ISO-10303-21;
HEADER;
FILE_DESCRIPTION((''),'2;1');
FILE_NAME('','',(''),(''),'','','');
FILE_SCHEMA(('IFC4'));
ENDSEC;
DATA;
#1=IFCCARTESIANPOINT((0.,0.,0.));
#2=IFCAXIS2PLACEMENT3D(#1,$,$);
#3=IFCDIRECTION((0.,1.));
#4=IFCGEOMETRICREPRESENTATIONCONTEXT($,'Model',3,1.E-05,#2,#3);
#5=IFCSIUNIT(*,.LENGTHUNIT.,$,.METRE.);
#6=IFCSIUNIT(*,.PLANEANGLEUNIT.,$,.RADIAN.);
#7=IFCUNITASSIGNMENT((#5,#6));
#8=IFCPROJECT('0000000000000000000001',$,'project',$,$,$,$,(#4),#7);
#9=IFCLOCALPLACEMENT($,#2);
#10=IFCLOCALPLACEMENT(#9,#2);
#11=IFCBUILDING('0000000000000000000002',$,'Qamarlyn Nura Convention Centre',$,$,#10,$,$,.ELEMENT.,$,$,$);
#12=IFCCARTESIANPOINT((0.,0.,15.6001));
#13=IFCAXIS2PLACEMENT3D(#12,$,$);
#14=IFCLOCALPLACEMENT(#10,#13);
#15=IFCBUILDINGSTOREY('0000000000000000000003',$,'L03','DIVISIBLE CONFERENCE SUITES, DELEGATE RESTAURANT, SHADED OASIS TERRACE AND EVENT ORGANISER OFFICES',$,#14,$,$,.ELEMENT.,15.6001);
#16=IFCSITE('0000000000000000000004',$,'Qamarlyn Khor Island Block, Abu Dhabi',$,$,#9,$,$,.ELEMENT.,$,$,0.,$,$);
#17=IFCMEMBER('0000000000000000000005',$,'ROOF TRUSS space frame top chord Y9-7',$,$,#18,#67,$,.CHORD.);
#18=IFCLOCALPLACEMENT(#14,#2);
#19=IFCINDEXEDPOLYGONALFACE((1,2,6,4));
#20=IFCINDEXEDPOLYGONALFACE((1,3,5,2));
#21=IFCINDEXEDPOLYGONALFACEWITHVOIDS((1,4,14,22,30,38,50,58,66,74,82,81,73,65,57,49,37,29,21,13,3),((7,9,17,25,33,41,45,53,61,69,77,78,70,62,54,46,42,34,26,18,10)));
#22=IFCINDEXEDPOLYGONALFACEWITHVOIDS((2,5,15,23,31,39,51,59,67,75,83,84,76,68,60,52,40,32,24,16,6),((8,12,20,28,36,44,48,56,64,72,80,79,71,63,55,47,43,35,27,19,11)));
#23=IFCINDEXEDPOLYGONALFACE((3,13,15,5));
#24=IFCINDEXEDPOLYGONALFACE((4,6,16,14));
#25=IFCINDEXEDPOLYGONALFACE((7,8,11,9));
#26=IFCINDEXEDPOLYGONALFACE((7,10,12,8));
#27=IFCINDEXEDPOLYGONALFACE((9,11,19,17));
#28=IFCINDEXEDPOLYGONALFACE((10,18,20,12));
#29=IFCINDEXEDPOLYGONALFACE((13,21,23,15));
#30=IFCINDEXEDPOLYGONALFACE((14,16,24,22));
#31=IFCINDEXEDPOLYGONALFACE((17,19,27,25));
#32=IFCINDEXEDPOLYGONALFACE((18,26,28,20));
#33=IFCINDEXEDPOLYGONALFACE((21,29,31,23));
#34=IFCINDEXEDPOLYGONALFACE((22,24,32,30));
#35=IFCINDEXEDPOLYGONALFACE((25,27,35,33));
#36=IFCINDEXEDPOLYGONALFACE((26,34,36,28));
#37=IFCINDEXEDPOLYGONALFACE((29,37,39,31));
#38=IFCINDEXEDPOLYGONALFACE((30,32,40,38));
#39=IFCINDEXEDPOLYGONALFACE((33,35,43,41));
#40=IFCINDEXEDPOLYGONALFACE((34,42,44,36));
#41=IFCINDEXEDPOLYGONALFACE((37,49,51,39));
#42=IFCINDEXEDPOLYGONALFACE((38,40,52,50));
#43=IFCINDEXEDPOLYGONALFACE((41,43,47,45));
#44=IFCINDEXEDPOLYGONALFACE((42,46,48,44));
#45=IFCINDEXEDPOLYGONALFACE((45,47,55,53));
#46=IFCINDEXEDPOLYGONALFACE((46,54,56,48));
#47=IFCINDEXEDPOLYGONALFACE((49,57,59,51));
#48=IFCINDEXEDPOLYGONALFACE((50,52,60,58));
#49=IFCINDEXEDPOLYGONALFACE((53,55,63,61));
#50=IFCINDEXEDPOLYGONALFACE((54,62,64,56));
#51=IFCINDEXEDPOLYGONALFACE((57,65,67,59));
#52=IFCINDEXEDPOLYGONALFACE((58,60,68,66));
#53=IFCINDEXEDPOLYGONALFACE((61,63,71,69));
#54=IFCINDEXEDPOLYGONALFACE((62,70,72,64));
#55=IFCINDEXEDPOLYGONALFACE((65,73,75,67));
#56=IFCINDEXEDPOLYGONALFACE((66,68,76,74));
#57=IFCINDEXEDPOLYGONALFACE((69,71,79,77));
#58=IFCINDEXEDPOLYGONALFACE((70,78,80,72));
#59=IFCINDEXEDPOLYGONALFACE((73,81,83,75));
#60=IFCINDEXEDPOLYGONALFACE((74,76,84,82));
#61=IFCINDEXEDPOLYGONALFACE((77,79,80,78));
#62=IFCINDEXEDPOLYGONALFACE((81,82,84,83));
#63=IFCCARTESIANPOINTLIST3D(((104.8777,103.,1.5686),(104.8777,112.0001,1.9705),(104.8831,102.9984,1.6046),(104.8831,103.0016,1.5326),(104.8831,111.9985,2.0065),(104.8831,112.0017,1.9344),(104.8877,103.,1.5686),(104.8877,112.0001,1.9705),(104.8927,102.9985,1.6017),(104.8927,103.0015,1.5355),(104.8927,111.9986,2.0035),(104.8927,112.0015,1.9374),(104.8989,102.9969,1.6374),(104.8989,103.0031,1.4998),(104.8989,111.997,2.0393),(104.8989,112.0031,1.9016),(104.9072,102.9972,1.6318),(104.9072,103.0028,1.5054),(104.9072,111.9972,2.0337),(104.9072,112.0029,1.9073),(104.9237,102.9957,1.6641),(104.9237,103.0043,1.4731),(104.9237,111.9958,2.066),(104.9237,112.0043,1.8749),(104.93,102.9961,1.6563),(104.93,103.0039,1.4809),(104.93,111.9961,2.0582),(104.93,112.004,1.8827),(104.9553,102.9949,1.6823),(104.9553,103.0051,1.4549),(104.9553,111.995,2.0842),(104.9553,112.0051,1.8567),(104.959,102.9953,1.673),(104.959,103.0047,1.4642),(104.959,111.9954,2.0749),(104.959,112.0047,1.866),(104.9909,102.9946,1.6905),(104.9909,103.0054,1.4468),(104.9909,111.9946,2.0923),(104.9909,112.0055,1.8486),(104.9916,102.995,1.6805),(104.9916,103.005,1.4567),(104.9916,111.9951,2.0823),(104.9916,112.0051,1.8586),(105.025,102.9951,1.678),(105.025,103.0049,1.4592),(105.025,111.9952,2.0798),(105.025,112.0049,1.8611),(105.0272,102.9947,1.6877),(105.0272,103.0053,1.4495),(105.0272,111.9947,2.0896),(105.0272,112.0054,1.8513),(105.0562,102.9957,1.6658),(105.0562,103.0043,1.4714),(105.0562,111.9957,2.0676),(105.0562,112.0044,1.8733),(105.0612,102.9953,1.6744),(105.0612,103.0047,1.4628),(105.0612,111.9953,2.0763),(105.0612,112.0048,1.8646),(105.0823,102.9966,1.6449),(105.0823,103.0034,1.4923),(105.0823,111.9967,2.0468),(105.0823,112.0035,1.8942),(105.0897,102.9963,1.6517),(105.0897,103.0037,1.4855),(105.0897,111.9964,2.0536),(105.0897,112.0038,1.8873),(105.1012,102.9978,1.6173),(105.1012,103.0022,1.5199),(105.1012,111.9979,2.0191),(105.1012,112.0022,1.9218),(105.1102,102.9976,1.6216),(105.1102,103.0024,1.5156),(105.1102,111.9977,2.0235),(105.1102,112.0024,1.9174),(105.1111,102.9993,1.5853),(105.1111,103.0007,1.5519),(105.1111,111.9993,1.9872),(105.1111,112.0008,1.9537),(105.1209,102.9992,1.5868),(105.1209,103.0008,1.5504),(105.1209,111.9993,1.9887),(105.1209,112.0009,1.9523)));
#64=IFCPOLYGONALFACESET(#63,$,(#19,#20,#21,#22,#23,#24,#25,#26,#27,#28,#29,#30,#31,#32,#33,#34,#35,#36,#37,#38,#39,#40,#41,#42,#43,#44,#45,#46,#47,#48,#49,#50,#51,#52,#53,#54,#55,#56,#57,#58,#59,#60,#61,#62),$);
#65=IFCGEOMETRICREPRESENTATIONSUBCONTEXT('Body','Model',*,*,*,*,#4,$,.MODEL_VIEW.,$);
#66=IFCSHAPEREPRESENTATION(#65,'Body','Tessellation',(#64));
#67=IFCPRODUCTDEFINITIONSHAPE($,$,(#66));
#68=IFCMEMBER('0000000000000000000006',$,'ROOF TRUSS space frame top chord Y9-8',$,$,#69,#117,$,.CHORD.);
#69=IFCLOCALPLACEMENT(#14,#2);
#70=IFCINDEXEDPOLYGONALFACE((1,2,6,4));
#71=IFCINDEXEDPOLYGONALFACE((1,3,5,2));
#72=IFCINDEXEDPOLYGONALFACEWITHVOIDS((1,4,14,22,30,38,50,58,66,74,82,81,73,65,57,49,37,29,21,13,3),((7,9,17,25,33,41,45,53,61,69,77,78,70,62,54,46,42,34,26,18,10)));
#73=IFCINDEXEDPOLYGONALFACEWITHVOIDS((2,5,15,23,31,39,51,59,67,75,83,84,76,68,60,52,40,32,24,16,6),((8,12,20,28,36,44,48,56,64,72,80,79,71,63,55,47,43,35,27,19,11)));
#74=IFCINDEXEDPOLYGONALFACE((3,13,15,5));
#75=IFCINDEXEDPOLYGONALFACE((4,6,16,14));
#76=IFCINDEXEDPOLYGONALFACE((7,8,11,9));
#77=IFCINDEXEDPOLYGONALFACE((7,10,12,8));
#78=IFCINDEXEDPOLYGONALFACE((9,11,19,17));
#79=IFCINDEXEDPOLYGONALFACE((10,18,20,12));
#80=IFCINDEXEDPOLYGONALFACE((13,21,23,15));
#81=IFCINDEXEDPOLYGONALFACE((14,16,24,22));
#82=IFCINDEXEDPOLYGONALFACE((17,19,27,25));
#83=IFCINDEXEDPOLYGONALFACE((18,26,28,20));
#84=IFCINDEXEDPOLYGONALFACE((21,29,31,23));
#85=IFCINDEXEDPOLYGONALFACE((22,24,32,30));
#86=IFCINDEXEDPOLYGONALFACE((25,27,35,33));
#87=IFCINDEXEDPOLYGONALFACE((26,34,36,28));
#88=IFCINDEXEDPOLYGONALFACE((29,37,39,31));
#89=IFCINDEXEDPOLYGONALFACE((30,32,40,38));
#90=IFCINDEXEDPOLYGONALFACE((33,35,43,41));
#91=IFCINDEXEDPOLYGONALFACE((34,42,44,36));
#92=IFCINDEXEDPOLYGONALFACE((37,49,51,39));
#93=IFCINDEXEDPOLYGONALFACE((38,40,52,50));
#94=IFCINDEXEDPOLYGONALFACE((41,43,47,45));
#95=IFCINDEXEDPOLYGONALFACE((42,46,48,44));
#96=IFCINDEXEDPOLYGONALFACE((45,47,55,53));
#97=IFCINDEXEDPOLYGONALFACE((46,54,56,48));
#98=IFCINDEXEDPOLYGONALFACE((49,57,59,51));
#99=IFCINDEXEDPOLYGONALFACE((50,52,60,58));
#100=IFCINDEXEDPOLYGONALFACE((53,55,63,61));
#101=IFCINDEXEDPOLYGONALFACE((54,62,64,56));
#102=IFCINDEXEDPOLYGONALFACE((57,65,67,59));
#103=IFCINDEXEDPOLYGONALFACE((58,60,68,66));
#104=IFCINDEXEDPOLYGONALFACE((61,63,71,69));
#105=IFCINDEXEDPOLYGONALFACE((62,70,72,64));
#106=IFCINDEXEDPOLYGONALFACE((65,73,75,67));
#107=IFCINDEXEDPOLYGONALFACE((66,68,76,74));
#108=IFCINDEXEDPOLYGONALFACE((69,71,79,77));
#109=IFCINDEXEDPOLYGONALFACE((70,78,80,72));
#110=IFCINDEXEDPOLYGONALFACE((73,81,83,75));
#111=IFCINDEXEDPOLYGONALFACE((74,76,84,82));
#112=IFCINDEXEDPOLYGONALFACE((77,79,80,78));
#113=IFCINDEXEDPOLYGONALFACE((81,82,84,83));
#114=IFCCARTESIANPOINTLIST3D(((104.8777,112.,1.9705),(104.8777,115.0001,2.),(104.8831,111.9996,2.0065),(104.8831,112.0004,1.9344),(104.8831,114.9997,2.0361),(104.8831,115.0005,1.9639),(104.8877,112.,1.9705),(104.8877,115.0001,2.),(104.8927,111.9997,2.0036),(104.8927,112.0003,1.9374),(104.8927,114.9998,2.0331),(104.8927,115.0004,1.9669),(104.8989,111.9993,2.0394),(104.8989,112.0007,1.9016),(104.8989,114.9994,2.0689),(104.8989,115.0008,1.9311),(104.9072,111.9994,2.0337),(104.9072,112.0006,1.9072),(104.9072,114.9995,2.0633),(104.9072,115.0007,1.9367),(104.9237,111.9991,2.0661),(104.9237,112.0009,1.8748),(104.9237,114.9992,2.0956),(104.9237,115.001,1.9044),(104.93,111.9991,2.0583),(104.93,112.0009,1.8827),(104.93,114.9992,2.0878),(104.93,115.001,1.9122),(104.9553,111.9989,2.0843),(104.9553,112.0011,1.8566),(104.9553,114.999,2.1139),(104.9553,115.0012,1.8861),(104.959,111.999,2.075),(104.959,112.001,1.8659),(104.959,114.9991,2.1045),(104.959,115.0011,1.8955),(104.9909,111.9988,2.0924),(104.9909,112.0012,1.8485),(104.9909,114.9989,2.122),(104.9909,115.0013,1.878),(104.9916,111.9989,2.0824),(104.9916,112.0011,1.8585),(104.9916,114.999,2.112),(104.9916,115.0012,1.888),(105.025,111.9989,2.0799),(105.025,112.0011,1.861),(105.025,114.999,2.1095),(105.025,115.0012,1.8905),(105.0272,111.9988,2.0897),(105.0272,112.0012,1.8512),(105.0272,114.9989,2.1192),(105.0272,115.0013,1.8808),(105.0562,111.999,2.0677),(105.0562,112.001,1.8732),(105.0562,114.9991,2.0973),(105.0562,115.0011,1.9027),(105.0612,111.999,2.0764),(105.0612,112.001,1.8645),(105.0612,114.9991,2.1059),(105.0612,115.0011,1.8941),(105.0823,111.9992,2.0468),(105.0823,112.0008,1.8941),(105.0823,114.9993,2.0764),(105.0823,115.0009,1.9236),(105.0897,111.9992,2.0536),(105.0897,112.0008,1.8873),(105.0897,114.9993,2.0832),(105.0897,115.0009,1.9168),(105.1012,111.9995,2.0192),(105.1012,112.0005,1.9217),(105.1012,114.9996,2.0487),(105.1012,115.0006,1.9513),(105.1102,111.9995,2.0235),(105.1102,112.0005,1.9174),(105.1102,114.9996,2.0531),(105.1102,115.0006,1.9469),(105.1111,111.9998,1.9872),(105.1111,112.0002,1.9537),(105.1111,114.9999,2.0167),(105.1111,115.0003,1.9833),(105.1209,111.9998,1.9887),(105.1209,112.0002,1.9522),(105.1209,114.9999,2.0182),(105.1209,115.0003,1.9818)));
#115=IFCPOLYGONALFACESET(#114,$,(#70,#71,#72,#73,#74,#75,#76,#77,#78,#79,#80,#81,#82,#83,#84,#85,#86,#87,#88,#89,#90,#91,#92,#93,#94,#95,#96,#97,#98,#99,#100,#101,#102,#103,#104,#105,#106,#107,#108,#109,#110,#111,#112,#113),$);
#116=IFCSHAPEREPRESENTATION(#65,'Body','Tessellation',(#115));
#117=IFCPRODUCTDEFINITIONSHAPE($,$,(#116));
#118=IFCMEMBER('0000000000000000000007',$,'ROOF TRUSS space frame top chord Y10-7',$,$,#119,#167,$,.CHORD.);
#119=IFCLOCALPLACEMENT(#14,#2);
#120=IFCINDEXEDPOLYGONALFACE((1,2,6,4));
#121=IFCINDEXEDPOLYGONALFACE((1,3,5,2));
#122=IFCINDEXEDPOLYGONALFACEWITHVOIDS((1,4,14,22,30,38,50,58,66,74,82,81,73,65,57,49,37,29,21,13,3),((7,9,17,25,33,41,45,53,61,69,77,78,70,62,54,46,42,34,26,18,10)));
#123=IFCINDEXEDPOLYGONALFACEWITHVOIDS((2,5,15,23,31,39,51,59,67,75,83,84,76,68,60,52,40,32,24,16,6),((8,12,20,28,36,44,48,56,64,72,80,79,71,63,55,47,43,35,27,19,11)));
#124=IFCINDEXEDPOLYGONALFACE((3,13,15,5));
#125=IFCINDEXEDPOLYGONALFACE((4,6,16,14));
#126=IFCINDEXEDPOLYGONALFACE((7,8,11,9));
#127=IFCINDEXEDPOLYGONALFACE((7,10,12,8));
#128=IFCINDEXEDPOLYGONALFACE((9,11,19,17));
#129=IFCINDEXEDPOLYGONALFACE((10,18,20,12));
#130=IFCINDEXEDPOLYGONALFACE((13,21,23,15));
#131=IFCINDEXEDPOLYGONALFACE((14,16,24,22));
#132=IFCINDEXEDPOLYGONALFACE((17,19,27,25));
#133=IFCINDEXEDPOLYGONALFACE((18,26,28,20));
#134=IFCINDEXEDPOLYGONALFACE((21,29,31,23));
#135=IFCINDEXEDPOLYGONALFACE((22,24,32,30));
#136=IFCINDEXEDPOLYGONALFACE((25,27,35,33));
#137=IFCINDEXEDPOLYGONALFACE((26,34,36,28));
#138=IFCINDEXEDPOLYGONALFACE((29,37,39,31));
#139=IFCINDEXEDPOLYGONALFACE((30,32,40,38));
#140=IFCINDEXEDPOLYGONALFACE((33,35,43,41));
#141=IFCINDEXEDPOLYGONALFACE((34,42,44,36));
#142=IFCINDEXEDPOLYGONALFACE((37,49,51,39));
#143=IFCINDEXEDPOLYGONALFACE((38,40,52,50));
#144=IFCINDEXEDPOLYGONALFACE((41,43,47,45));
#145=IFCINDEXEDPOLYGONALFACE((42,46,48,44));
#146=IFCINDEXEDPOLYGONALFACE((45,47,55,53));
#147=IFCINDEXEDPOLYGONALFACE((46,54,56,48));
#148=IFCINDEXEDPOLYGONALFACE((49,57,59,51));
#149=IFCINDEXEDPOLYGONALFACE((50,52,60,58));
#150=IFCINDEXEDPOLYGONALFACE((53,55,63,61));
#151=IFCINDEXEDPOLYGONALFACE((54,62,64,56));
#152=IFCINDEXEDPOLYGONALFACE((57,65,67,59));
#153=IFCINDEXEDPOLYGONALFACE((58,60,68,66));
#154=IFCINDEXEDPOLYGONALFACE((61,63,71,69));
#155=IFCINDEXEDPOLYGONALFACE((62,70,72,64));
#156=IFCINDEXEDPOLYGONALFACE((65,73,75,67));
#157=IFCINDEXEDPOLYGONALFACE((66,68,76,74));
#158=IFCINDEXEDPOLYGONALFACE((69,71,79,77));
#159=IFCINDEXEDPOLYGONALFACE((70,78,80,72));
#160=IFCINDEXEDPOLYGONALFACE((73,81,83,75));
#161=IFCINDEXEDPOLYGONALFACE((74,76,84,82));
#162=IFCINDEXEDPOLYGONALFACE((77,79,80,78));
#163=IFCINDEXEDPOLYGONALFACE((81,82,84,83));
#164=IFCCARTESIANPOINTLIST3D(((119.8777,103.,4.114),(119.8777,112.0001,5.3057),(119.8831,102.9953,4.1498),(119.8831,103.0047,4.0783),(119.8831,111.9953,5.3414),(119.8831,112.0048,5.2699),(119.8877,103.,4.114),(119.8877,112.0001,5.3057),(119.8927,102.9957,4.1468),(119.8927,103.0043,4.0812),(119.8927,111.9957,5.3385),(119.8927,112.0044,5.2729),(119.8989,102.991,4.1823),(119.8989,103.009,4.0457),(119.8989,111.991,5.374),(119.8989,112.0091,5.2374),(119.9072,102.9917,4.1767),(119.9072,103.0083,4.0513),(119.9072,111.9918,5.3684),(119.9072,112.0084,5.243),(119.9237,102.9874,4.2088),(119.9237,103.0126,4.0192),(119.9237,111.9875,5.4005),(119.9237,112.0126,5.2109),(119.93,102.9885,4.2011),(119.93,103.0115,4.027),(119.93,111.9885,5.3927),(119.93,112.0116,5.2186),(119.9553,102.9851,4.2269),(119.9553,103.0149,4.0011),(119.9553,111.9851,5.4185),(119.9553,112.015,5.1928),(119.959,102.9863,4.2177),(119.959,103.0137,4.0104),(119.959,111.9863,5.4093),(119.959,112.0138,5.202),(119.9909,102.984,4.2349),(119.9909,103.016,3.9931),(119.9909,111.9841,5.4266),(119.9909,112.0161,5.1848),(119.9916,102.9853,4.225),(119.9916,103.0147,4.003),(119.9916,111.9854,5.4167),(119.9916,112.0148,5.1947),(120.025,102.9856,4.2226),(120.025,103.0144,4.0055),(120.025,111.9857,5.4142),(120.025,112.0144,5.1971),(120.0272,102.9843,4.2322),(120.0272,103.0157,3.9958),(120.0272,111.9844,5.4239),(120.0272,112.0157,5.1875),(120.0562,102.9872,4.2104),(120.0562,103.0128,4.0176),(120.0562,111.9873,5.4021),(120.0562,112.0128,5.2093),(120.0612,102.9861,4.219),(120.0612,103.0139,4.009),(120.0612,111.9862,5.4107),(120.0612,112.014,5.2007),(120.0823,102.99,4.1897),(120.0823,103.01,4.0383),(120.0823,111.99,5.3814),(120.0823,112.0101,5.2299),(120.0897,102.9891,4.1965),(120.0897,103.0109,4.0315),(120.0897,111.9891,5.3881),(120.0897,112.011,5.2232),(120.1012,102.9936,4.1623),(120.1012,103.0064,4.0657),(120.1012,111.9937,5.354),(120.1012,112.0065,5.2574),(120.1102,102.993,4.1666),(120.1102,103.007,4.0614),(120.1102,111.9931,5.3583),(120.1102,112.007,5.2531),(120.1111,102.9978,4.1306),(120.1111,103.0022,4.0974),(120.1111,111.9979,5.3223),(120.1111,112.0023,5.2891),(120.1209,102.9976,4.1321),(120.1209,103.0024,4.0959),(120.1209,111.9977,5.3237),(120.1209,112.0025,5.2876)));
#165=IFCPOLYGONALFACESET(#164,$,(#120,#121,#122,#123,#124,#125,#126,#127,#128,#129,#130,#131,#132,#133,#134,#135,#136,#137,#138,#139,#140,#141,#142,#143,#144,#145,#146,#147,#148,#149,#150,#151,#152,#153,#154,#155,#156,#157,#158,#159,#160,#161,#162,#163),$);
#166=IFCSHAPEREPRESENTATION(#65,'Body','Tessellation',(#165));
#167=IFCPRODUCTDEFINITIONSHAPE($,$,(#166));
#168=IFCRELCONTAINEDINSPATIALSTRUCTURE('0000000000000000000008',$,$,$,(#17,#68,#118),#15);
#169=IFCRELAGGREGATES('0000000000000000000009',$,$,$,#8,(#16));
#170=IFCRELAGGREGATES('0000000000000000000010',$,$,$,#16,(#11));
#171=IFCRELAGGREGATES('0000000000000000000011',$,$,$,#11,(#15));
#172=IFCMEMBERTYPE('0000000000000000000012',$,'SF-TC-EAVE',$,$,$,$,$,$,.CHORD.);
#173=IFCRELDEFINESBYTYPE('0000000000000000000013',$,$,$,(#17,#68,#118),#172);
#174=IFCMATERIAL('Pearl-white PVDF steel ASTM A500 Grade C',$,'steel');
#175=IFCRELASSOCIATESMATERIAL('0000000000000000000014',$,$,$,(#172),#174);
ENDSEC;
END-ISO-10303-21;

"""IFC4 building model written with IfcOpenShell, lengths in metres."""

from ifc_helpers import new_model, si_unit, direction, frame, origin, origin_2d, place, context, subcontext, project, spatial, hollow_circle, extrude, material, material_profile, profile_set, type_object, element, save


model = new_model("IFC4")

# Units and contexts
model_context = context("Model", 3, precision=1e-05, world=origin(), true_north=direction((0.0, 1.0)))
body_context = subcontext(model_context, "Body", "Model", "MODEL_VIEW")
ifc_project = project(units=[si_unit("LENGTHUNIT", "METRE"), si_unit("PLANEANGLEUNIT", "RADIAN")], contexts=[model_context])

# Site, building, storey
site_placement = place(None, origin())
site = spatial("IfcSite", under=ifc_project, at=site_placement, Name="Qamarlyn Khor Island Block, Abu Dhabi", CompositionType="ELEMENT", RefElevation=0.0)
building_placement = place(site_placement, origin())
building = spatial("IfcBuilding", under=site, at=building_placement, Name="Qamarlyn Nura Convention Centre", CompositionType="ELEMENT")
storey_placement = place(building_placement, frame((0.0, 0.0, 15.6001)))
storey = spatial("IfcBuildingStorey", under=building, at=storey_placement, Name="L03", Description="DIVISIBLE CONFERENCE SUITES, DELEGATE RESTAURANT, SHADED OASIS TERRACE AND EVENT ORGANISER OFFICES", CompositionType="ELEMENT", Elevation=15.6001)

# Members
ifc_material_1 = material(Name="Pearl-white PVDF steel ASTM A500 Grade C", Category="steel")
ifc_material_profile_1 = material_profile(ifc_material_1, hollow_circle(Radius=0.1223, WallThickness=0.01, at=origin_2d()), Name="CHS244.5X10")
ifc_profile_set_1 = profile_set([ifc_material_profile_1], Name="Pearl-white PVDF steel ASTM A500 Grade C")
member_type_1 = type_object("IfcMemberType", Name="SF-TC-EAVE", PredefinedType="CHORD", material=ifc_profile_set_1)
member_1_placement = place(storey_placement, frame((105.0, 103.0, 1.5686), z_axis=(0.0, 0.999005, 0.044606), x_axis=(-1.0, 0.0, 0.0)))
element("IfcMember", 1, at=member_1_placement, inside=storey, type_object=member_type_1, Name="ROOF TRUSS space frame top chord Y9-7", PredefinedType="CHORD", context=body_context, shape_type="SweptSolid", body=[
    extrude(hollow_circle(Radius=0.1223, WallThickness=0.01, at=origin_2d()), origin(), (0.0, 0.0, 1.0), 9.009),
])
member_2_placement = place(storey_placement, frame((105.0, 112.0, 1.9705), z_axis=(0.0, 0.999952, 0.009847), x_axis=(-1.0, 0.0, 0.0)))
element("IfcMember", 2, at=member_2_placement, inside=storey, type_object=member_type_1, Name="ROOF TRUSS space frame top chord Y9-8", PredefinedType="CHORD", context=body_context, shape_type="SweptSolid", body=[
    extrude(hollow_circle(Radius=0.1223, WallThickness=0.01, at=origin_2d()), origin(), (0.0, 0.0, 1.0), 3.0002),
])
member_3_placement = place(storey_placement, frame((120.0, 103.0, 4.114), z_axis=(0.0, 0.991348, 0.13126), x_axis=(-1.0, 0.0, 0.0)))
element("IfcMember", 3, at=member_3_placement, inside=storey, type_object=member_type_1, Name="ROOF TRUSS space frame top chord Y10-7", PredefinedType="CHORD", context=body_context, shape_type="SweptSolid", body=[
    extrude(hollow_circle(Radius=0.1223, WallThickness=0.01, at=origin_2d()), origin(), (0.0, 0.0, 1.0), 9.0786),
])

save(model, "model.ifc")
